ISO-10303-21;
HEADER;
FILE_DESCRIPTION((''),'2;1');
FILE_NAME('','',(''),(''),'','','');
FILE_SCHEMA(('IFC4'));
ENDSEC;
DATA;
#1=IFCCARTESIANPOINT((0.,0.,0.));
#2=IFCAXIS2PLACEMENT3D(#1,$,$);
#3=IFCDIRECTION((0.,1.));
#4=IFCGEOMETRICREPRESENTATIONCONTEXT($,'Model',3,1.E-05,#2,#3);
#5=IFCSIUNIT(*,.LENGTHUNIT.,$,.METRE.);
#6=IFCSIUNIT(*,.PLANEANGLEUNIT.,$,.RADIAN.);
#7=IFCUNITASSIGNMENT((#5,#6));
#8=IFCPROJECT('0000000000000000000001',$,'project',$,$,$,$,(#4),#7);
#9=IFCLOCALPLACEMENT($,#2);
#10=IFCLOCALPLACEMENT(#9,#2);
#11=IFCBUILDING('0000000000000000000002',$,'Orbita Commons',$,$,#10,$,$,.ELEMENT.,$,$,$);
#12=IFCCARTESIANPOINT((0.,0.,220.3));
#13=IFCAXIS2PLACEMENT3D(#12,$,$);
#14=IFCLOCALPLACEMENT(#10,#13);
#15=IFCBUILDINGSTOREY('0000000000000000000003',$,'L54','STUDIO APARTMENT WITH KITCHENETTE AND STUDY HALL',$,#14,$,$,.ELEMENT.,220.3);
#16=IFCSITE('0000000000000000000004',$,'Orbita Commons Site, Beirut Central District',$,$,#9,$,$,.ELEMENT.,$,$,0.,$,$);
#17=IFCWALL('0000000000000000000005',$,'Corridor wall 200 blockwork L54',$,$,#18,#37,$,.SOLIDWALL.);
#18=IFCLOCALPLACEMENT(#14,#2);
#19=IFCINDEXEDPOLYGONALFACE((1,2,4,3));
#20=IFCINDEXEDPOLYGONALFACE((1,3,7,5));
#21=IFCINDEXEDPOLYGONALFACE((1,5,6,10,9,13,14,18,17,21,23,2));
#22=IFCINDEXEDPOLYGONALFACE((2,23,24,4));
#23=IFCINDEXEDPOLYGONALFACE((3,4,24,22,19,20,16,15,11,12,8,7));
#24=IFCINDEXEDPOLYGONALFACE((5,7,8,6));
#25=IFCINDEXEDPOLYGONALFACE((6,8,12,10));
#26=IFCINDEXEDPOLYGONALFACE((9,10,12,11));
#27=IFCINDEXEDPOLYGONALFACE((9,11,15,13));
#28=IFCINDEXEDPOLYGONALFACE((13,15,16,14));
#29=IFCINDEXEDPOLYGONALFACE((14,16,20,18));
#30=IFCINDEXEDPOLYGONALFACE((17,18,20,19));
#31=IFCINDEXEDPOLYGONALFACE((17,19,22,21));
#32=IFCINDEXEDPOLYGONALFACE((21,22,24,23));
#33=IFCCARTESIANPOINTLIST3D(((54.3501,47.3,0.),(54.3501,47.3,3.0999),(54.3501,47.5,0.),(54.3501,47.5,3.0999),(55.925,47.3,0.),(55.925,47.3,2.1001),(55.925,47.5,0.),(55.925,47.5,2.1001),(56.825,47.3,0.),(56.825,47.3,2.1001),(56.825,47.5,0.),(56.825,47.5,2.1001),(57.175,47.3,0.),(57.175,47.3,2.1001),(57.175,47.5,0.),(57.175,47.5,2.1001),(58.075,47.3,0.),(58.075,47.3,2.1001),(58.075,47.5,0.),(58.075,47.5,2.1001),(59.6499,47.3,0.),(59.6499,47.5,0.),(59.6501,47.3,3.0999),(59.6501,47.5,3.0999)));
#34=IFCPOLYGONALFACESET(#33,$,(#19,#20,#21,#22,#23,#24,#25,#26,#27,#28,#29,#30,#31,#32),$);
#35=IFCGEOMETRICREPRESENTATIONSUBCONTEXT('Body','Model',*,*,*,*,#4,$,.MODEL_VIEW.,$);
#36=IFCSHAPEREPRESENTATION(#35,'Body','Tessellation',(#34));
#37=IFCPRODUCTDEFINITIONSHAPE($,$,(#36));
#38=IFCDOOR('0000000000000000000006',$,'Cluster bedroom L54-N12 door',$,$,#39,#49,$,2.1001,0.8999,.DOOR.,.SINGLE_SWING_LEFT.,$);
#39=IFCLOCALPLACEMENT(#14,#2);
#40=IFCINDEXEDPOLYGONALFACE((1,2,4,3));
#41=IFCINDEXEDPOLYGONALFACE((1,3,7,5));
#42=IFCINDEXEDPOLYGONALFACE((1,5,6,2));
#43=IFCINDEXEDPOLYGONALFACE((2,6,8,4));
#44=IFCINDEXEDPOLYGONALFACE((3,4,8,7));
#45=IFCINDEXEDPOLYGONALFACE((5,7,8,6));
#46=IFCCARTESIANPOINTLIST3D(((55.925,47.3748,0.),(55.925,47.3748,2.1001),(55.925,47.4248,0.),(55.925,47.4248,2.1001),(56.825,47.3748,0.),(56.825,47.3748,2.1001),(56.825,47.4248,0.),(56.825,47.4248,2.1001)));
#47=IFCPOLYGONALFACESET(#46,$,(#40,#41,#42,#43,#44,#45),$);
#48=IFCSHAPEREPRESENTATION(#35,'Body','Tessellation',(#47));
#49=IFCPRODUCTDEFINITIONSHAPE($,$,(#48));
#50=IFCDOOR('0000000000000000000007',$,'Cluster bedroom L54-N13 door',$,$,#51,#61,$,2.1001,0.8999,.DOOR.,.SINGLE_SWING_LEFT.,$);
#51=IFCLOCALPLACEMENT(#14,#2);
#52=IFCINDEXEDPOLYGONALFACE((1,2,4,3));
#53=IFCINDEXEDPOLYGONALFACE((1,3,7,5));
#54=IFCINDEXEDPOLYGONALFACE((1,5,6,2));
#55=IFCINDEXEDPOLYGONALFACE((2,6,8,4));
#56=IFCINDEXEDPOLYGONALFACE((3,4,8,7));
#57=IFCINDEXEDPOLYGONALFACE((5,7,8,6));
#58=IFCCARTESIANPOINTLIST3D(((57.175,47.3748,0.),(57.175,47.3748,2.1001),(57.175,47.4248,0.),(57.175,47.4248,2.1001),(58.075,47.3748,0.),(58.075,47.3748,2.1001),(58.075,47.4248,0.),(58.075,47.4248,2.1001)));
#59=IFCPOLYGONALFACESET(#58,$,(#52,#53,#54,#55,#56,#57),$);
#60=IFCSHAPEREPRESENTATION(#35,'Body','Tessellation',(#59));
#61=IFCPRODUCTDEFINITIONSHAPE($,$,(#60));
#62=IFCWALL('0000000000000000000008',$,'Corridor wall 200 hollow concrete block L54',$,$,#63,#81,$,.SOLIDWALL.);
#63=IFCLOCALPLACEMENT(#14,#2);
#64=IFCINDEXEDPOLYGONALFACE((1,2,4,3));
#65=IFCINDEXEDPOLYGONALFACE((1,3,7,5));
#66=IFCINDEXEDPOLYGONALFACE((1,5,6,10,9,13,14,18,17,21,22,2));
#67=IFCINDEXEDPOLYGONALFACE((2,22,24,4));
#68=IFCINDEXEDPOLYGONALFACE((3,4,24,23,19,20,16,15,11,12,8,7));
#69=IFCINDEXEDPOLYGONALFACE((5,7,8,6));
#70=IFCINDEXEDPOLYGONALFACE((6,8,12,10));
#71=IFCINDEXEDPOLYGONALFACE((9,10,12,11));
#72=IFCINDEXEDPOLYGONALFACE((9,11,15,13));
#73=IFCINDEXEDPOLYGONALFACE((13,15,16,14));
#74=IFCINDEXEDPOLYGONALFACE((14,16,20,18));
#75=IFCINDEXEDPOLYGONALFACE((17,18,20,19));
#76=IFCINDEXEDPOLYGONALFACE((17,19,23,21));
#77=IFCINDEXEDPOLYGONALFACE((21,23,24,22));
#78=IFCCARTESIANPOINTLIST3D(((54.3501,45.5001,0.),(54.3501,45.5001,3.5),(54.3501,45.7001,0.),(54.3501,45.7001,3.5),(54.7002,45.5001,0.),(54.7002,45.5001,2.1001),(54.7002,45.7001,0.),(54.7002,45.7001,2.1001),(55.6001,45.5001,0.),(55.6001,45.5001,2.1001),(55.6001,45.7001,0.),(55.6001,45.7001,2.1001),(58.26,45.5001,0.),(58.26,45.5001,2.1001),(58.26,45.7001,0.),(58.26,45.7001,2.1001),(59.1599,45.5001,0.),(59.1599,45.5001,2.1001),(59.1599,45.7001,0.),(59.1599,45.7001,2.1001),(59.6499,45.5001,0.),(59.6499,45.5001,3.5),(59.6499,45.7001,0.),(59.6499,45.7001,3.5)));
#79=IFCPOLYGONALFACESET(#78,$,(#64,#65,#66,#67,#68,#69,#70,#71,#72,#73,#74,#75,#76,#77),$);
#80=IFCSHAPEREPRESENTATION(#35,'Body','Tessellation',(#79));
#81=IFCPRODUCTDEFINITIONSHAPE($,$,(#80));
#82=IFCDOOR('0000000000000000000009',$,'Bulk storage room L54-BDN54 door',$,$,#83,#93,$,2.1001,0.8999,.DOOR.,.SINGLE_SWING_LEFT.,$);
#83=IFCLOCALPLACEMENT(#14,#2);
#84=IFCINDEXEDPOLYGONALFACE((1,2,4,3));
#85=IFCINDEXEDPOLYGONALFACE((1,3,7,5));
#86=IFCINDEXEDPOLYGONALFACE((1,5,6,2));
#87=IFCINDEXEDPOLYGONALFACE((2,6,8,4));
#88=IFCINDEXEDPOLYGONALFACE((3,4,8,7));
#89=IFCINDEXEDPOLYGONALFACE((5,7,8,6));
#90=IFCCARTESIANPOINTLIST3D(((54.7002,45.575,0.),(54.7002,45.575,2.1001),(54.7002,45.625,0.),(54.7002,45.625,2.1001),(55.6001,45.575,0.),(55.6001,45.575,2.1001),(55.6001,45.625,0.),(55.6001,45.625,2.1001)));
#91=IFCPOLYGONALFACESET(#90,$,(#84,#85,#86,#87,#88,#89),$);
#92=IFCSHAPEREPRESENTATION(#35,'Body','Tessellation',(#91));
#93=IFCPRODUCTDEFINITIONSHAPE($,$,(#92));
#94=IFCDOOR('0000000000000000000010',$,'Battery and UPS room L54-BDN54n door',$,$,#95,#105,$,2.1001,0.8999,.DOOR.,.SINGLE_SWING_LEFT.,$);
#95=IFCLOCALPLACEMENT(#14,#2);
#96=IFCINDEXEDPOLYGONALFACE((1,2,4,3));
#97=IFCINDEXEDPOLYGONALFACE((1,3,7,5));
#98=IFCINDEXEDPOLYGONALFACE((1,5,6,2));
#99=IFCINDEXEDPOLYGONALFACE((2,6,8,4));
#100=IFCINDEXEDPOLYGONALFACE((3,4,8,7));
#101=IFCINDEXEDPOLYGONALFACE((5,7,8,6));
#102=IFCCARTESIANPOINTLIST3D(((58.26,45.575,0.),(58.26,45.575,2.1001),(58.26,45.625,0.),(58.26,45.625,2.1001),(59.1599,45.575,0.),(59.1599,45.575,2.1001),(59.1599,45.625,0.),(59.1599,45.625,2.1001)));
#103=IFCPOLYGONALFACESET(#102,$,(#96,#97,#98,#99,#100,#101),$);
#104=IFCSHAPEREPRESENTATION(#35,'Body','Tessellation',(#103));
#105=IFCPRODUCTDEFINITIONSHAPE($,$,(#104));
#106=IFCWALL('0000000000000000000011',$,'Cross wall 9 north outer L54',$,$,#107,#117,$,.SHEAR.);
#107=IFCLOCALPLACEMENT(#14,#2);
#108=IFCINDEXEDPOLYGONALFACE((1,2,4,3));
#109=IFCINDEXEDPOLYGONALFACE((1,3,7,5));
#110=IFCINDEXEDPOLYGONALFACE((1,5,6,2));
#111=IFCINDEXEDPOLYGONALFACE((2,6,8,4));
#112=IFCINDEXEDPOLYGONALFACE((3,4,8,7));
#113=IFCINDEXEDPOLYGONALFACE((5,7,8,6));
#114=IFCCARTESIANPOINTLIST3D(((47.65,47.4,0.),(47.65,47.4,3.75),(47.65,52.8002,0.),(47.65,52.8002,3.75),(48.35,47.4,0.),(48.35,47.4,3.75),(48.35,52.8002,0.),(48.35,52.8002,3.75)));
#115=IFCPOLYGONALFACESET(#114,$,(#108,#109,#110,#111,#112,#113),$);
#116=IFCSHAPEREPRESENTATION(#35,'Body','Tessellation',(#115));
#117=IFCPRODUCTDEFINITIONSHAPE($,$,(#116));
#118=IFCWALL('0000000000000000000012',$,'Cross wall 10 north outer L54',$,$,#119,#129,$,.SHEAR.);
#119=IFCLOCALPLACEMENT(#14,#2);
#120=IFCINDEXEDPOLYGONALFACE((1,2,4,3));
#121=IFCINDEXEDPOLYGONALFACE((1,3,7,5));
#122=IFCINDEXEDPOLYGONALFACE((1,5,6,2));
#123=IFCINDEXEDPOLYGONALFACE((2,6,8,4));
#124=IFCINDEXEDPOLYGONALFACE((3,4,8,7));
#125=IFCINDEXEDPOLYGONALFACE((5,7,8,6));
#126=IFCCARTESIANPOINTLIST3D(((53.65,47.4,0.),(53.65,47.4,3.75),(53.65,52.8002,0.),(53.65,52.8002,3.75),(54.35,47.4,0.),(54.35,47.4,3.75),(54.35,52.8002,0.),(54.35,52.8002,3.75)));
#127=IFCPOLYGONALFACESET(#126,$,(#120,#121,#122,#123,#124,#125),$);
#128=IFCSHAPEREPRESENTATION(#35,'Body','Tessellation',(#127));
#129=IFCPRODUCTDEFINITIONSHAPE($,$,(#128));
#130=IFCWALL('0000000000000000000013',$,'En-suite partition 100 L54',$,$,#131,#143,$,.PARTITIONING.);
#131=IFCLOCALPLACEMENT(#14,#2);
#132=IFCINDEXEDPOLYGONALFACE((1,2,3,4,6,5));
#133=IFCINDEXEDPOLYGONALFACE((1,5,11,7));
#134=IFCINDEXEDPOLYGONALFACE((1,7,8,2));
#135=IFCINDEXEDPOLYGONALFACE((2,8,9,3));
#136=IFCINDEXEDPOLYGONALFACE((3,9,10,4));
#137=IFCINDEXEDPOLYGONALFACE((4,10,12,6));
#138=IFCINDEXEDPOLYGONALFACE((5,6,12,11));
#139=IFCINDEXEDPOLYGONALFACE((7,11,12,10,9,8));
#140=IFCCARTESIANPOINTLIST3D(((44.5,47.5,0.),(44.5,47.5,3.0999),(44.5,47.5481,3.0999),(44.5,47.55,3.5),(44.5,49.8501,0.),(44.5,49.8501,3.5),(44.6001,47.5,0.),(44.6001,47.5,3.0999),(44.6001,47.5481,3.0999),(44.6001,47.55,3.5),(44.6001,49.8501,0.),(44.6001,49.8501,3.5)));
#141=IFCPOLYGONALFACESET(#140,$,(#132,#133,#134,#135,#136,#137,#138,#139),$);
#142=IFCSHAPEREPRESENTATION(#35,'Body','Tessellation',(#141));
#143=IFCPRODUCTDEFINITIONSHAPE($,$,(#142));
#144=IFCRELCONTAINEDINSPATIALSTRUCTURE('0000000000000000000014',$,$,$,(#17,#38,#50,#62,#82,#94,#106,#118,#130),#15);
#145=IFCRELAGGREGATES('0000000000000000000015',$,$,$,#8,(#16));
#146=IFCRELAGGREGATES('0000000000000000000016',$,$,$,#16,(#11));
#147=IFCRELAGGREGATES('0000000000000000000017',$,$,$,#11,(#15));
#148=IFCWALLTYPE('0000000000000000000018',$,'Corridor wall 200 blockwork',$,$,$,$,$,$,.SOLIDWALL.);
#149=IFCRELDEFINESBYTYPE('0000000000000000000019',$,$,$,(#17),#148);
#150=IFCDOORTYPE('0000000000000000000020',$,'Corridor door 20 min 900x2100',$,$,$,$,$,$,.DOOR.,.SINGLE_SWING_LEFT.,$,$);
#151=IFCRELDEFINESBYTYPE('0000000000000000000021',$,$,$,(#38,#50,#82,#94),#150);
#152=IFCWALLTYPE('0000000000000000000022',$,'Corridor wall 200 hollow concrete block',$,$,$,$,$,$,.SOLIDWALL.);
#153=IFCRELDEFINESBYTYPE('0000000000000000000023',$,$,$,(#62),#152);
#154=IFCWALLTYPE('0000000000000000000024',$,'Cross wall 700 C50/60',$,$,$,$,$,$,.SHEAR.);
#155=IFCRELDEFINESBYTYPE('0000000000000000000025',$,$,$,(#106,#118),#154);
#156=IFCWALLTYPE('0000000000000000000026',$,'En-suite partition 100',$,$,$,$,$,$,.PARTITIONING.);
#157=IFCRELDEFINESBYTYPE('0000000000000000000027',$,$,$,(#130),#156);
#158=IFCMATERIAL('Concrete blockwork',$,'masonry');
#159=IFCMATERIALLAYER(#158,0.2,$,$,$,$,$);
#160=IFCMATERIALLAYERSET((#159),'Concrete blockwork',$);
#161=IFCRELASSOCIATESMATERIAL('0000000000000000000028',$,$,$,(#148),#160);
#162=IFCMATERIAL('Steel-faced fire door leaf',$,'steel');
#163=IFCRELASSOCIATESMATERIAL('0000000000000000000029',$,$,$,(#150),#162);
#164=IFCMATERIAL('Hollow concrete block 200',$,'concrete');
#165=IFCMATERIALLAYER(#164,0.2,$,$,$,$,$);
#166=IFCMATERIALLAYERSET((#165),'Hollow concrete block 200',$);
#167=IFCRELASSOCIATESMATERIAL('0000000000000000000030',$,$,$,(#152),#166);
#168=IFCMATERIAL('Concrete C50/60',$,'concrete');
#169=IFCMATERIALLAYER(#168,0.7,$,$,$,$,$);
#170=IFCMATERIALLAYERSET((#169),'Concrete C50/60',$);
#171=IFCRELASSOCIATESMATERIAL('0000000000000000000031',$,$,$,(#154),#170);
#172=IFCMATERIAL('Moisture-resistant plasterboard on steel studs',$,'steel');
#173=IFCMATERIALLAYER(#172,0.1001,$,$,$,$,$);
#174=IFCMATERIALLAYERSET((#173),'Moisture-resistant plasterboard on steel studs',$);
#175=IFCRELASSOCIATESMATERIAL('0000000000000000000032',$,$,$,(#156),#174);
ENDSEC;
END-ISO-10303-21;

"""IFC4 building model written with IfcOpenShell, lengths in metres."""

from ifc_helpers import new_model, si_unit, direction, frame, frame_2d, origin, place, context, subcontext, project, spatial, polyline, rectangle, outline, extrude, material, layer, layer_set, type_object, element, fill, save


model = new_model("IFC4")

# Units and contexts
model_context = context("Model", 3, precision=1e-05, world=origin(), true_north=direction((0.0, 1.0)))
body_context = subcontext(model_context, "Body", "Model", "MODEL_VIEW")
ifc_project = project(units=[si_unit("LENGTHUNIT", "METRE"), si_unit("PLANEANGLEUNIT", "RADIAN")], contexts=[model_context])

# Site, building, storey
site_placement = place(None, origin())
site = spatial("IfcSite", under=ifc_project, at=site_placement, Name="Orbita Commons Site, Beirut Central District", CompositionType="ELEMENT", RefElevation=0.0)
building_placement = place(site_placement, origin())
building = spatial("IfcBuilding", under=site, at=building_placement, Name="Orbita Commons", CompositionType="ELEMENT")
storey_placement = place(building_placement, frame((0.0, 0.0, 220.3)))
storey = spatial("IfcBuildingStorey", under=building, at=storey_placement, Name="L54", Description="STUDIO APARTMENT WITH KITCHENETTE AND STUDY HALL", CompositionType="ELEMENT", Elevation=220.3)

# Shared definitions
ifc_material_1 = material(Name="Concrete blockwork", Category="masonry")
ifc_layer_1 = layer(ifc_material_1, 0.2)
ifc_layer_set_1 = layer_set([ifc_layer_1], Name="Concrete blockwork")
wall_type_1 = type_object("IfcWallType", Name="Corridor wall 200 blockwork", PredefinedType="SOLIDWALL", material=ifc_layer_set_1)
ifc_material_2 = material(Name="Steel-faced fire door leaf", Category="steel")
door_type_1 = type_object("IfcDoorType", Name="Corridor door 20 min 900x2100", OperationType="SINGLE_SWING_LEFT", PredefinedType="DOOR", material=ifc_material_2)

# Walls, openings, doors
wall_1_placement = place(storey_placement, frame((54.3501, 47.3999, 0.0), z_axis=(0.0, 0.0, 1.0), x_axis=(1.0, 0.0, 0.0)))
wall_1 = element("IfcWall", 1, at=wall_1_placement, inside=storey, type_object=wall_type_1, Name="Corridor wall 200 blockwork L54", PredefinedType="SOLIDWALL", context=body_context, shape_type="SweptSolid", body=[
    extrude(outline(polyline([(0.0, 0.0), (5.2998, 0.0), (5.3, 3.0999), (0.0, 3.0999), (0.0, 0.0)])), frame((0.0, 0.1001, 0.0), z_axis=(0.0, -1.0, 0.0), x_axis=(1.0, 0.0, 0.0)), (0.0, 0.0, 1.0), 0.2),
])
opening_1_placement = place(wall_1_placement, frame((1.575, 0.0, 0.0)))
opening_1 = element("IfcOpeningElement", 2, at=opening_1_placement, cuts=wall_1, PredefinedType="OPENING", context=body_context, shape_type="SweptSolid", body=[
    extrude(rectangle(XDim=0.8999, YDim=2.1001, at=frame_2d((0.45, 1.05))), frame((0.0, 0.1099, 0.0), z_axis=(0.0, -1.0, 0.0), x_axis=(1.0, 0.0, 0.0)), (0.0, 0.0, 1.0), 0.22),
])
opening_2_placement = place(wall_1_placement, frame((2.825, 0.0, 0.0)))
opening_2 = element("IfcOpeningElement", 3, at=opening_2_placement, cuts=wall_1, PredefinedType="OPENING", context=body_context, shape_type="SweptSolid", body=[
    extrude(rectangle(XDim=0.8999, YDim=2.1001, at=frame_2d((0.45, 1.05))), frame((0.0, 0.1099, 0.0), z_axis=(0.0, -1.0, 0.0), x_axis=(1.0, 0.0, 0.0)), (0.0, 0.0, 1.0), 0.22),
])
door_1_placement = place(opening_1_placement, origin())
door_1 = element("IfcDoor", 4, at=door_1_placement, inside=storey, type_object=door_type_1, Name="Cluster bedroom L54-N12 door", OperationType="SINGLE_SWING_LEFT", OverallHeight=2.1001, OverallWidth=0.8999, PredefinedType="DOOR", context=body_context, shape_type="SweptSolid", body=[
    extrude(rectangle(XDim=0.8999, YDim=2.1001, at=frame_2d((0.45, 1.05))), frame((0.0, 0.0249, 0.0), z_axis=(0.0, -1.0, 0.0), x_axis=(1.0, 0.0, 0.0)), (0.0, 0.0, 1.0), 0.05),
])
fill(opening_1, door_1)
door_2_placement = place(opening_2_placement, origin())
door_2 = element("IfcDoor", 5, at=door_2_placement, inside=storey, type_object=door_type_1, Name="Cluster bedroom L54-N13 door", OperationType="SINGLE_SWING_LEFT", OverallHeight=2.1001, OverallWidth=0.8999, PredefinedType="DOOR", context=body_context, shape_type="SweptSolid", body=[
    extrude(rectangle(XDim=0.8999, YDim=2.1001, at=frame_2d((0.45, 1.05))), frame((0.0, 0.0249, 0.0), z_axis=(0.0, -1.0, 0.0), x_axis=(1.0, 0.0, 0.0)), (0.0, 0.0, 1.0), 0.05),
])
fill(opening_2, door_2)
ifc_material_3 = material(Name="Hollow concrete block 200", Category="concrete")
ifc_layer_2 = layer(ifc_material_3, 0.2)
ifc_layer_set_2 = layer_set([ifc_layer_2], Name="Hollow concrete block 200")
wall_type_2 = type_object("IfcWallType", Name="Corridor wall 200 hollow concrete block", PredefinedType="SOLIDWALL", material=ifc_layer_set_2)
wall_2_placement = place(storey_placement, frame((54.3501, 45.6001, 0.0), z_axis=(0.0, 0.0, 1.0), x_axis=(1.0, 0.0, 0.0)))
wall_2 = element("IfcWall", 6, at=wall_2_placement, inside=storey, type_object=wall_type_2, Name="Corridor wall 200 hollow concrete block L54", PredefinedType="SOLIDWALL", context=body_context, shape_type="SweptSolid", body=[
    extrude(rectangle(XDim=5.2998, YDim=0.2, at=frame_2d((2.6499, 0.0))), origin(), (0.0, 0.0, 1.0), 3.5),
])
opening_3_placement = place(wall_2_placement, frame((0.3501, 0.0, 0.0)))
opening_3 = element("IfcOpeningElement", 7, at=opening_3_placement, cuts=wall_2, PredefinedType="OPENING", context=body_context, shape_type="SweptSolid", body=[
    extrude(rectangle(XDim=0.8999, YDim=2.1001, at=frame_2d((0.45, 1.05))), frame((0.0, 0.1099, 0.0), z_axis=(0.0, -1.0, 0.0), x_axis=(1.0, 0.0, 0.0)), (0.0, 0.0, 1.0), 0.22),
])
opening_4_placement = place(wall_2_placement, frame((3.9099, 0.0, 0.0)))
opening_4 = element("IfcOpeningElement", 8, at=opening_4_placement, cuts=wall_2, PredefinedType="OPENING", context=body_context, shape_type="SweptSolid", body=[
    extrude(rectangle(XDim=0.8999, YDim=2.1001, at=frame_2d((0.45, 1.05))), frame((0.0, 0.1099, 0.0), z_axis=(0.0, -1.0, 0.0), x_axis=(1.0, 0.0, 0.0)), (0.0, 0.0, 1.0), 0.22),
])
door_3_placement = place(opening_3_placement, origin())
door_3 = element("IfcDoor", 9, at=door_3_placement, inside=storey, type_object=door_type_1, Name="Bulk storage room L54-BDN54 door", OperationType="SINGLE_SWING_LEFT", OverallHeight=2.1001, OverallWidth=0.8999, PredefinedType="DOOR", context=body_context, shape_type="SweptSolid", body=[
    extrude(rectangle(XDim=0.8999, YDim=2.1001, at=frame_2d((0.45, 1.05))), frame((0.0, 0.0249, 0.0), z_axis=(0.0, -1.0, 0.0), x_axis=(1.0, 0.0, 0.0)), (0.0, 0.0, 1.0), 0.05),
])
fill(opening_3, door_3)
door_4_placement = place(opening_4_placement, origin())
door_4 = element("IfcDoor", 10, at=door_4_placement, inside=storey, type_object=door_type_1, Name="Battery and UPS room L54-BDN54n door", OperationType="SINGLE_SWING_LEFT", OverallHeight=2.1001, OverallWidth=0.8999, PredefinedType="DOOR", context=body_context, shape_type="SweptSolid", body=[
    extrude(rectangle(XDim=0.8999, YDim=2.1001, at=frame_2d((0.45, 1.05))), frame((0.0, 0.0249, 0.0), z_axis=(0.0, -1.0, 0.0), x_axis=(1.0, 0.0, 0.0)), (0.0, 0.0, 1.0), 0.05),
])
fill(opening_4, door_4)

# Walls
ifc_material_4 = material(Name="Concrete C50/60", Category="concrete")
ifc_layer_3 = layer(ifc_material_4, 0.7)
ifc_layer_set_3 = layer_set([ifc_layer_3], Name="Concrete C50/60")
wall_type_3 = type_object("IfcWallType", Name="Cross wall 700 C50/60", PredefinedType="SHEAR", material=ifc_layer_set_3)
for number, where, z_axis, x_axis, name in (
    (11, (48.0, 47.3999, 0.0), (0.0, 0.0, 1.0), (0.0, 1.0, 0.0), "Cross wall 9 north outer L54"),
    (12, (54.0, 47.3999, 0.0), (0.0, 0.0, 1.0), (0.0, 1.0, 0.0), "Cross wall 10 north outer L54"),
):
    element("IfcWall", number, at=place(storey_placement, frame(where, z_axis=z_axis, x_axis=x_axis)), inside=storey, type_object=wall_type_3, Name=name, PredefinedType="SHEAR", context=body_context, shape_type="SweptSolid", body=[
        extrude(rectangle(XDim=5.4001, YDim=0.7, at=frame_2d((2.7002, 0.0))), origin(), (0.0, 0.0, 1.0), 3.75),
    ])
ifc_material_5 = material(Name="Moisture-resistant plasterboard on steel studs", Category="steel")
ifc_layer_4 = layer(ifc_material_5, 0.1001)
ifc_layer_set_4 = layer_set([ifc_layer_4], Name="Moisture-resistant plasterboard on steel studs")
wall_type_4 = type_object("IfcWallType", Name="En-suite partition 100", PredefinedType="PARTITIONING", material=ifc_layer_set_4)
wall_3_placement = place(storey_placement, frame((44.55, 49.8501, 0.0), z_axis=(0.0, 0.0, 1.0), x_axis=(0.0, -1.0, 0.0)))
element("IfcWall", 13, at=wall_3_placement, inside=storey, type_object=wall_type_4, Name="En-suite partition 100 L54", PredefinedType="PARTITIONING", context=body_context, shape_type="SweptSolid", body=[
    extrude(outline(polyline([(0.0, 0.0), (2.3501, 0.0), (2.3501, 3.0999), (2.302, 3.0999), (2.3, 3.5), (0.0, 3.5), (0.0, 0.0)])), frame((0.0, 0.05, 0.0), z_axis=(0.0, -1.0, 0.0), x_axis=(1.0, 0.0, 0.0)), (0.0, 0.0, 1.0), 0.1001),
])

save(model, "model.ifc")
